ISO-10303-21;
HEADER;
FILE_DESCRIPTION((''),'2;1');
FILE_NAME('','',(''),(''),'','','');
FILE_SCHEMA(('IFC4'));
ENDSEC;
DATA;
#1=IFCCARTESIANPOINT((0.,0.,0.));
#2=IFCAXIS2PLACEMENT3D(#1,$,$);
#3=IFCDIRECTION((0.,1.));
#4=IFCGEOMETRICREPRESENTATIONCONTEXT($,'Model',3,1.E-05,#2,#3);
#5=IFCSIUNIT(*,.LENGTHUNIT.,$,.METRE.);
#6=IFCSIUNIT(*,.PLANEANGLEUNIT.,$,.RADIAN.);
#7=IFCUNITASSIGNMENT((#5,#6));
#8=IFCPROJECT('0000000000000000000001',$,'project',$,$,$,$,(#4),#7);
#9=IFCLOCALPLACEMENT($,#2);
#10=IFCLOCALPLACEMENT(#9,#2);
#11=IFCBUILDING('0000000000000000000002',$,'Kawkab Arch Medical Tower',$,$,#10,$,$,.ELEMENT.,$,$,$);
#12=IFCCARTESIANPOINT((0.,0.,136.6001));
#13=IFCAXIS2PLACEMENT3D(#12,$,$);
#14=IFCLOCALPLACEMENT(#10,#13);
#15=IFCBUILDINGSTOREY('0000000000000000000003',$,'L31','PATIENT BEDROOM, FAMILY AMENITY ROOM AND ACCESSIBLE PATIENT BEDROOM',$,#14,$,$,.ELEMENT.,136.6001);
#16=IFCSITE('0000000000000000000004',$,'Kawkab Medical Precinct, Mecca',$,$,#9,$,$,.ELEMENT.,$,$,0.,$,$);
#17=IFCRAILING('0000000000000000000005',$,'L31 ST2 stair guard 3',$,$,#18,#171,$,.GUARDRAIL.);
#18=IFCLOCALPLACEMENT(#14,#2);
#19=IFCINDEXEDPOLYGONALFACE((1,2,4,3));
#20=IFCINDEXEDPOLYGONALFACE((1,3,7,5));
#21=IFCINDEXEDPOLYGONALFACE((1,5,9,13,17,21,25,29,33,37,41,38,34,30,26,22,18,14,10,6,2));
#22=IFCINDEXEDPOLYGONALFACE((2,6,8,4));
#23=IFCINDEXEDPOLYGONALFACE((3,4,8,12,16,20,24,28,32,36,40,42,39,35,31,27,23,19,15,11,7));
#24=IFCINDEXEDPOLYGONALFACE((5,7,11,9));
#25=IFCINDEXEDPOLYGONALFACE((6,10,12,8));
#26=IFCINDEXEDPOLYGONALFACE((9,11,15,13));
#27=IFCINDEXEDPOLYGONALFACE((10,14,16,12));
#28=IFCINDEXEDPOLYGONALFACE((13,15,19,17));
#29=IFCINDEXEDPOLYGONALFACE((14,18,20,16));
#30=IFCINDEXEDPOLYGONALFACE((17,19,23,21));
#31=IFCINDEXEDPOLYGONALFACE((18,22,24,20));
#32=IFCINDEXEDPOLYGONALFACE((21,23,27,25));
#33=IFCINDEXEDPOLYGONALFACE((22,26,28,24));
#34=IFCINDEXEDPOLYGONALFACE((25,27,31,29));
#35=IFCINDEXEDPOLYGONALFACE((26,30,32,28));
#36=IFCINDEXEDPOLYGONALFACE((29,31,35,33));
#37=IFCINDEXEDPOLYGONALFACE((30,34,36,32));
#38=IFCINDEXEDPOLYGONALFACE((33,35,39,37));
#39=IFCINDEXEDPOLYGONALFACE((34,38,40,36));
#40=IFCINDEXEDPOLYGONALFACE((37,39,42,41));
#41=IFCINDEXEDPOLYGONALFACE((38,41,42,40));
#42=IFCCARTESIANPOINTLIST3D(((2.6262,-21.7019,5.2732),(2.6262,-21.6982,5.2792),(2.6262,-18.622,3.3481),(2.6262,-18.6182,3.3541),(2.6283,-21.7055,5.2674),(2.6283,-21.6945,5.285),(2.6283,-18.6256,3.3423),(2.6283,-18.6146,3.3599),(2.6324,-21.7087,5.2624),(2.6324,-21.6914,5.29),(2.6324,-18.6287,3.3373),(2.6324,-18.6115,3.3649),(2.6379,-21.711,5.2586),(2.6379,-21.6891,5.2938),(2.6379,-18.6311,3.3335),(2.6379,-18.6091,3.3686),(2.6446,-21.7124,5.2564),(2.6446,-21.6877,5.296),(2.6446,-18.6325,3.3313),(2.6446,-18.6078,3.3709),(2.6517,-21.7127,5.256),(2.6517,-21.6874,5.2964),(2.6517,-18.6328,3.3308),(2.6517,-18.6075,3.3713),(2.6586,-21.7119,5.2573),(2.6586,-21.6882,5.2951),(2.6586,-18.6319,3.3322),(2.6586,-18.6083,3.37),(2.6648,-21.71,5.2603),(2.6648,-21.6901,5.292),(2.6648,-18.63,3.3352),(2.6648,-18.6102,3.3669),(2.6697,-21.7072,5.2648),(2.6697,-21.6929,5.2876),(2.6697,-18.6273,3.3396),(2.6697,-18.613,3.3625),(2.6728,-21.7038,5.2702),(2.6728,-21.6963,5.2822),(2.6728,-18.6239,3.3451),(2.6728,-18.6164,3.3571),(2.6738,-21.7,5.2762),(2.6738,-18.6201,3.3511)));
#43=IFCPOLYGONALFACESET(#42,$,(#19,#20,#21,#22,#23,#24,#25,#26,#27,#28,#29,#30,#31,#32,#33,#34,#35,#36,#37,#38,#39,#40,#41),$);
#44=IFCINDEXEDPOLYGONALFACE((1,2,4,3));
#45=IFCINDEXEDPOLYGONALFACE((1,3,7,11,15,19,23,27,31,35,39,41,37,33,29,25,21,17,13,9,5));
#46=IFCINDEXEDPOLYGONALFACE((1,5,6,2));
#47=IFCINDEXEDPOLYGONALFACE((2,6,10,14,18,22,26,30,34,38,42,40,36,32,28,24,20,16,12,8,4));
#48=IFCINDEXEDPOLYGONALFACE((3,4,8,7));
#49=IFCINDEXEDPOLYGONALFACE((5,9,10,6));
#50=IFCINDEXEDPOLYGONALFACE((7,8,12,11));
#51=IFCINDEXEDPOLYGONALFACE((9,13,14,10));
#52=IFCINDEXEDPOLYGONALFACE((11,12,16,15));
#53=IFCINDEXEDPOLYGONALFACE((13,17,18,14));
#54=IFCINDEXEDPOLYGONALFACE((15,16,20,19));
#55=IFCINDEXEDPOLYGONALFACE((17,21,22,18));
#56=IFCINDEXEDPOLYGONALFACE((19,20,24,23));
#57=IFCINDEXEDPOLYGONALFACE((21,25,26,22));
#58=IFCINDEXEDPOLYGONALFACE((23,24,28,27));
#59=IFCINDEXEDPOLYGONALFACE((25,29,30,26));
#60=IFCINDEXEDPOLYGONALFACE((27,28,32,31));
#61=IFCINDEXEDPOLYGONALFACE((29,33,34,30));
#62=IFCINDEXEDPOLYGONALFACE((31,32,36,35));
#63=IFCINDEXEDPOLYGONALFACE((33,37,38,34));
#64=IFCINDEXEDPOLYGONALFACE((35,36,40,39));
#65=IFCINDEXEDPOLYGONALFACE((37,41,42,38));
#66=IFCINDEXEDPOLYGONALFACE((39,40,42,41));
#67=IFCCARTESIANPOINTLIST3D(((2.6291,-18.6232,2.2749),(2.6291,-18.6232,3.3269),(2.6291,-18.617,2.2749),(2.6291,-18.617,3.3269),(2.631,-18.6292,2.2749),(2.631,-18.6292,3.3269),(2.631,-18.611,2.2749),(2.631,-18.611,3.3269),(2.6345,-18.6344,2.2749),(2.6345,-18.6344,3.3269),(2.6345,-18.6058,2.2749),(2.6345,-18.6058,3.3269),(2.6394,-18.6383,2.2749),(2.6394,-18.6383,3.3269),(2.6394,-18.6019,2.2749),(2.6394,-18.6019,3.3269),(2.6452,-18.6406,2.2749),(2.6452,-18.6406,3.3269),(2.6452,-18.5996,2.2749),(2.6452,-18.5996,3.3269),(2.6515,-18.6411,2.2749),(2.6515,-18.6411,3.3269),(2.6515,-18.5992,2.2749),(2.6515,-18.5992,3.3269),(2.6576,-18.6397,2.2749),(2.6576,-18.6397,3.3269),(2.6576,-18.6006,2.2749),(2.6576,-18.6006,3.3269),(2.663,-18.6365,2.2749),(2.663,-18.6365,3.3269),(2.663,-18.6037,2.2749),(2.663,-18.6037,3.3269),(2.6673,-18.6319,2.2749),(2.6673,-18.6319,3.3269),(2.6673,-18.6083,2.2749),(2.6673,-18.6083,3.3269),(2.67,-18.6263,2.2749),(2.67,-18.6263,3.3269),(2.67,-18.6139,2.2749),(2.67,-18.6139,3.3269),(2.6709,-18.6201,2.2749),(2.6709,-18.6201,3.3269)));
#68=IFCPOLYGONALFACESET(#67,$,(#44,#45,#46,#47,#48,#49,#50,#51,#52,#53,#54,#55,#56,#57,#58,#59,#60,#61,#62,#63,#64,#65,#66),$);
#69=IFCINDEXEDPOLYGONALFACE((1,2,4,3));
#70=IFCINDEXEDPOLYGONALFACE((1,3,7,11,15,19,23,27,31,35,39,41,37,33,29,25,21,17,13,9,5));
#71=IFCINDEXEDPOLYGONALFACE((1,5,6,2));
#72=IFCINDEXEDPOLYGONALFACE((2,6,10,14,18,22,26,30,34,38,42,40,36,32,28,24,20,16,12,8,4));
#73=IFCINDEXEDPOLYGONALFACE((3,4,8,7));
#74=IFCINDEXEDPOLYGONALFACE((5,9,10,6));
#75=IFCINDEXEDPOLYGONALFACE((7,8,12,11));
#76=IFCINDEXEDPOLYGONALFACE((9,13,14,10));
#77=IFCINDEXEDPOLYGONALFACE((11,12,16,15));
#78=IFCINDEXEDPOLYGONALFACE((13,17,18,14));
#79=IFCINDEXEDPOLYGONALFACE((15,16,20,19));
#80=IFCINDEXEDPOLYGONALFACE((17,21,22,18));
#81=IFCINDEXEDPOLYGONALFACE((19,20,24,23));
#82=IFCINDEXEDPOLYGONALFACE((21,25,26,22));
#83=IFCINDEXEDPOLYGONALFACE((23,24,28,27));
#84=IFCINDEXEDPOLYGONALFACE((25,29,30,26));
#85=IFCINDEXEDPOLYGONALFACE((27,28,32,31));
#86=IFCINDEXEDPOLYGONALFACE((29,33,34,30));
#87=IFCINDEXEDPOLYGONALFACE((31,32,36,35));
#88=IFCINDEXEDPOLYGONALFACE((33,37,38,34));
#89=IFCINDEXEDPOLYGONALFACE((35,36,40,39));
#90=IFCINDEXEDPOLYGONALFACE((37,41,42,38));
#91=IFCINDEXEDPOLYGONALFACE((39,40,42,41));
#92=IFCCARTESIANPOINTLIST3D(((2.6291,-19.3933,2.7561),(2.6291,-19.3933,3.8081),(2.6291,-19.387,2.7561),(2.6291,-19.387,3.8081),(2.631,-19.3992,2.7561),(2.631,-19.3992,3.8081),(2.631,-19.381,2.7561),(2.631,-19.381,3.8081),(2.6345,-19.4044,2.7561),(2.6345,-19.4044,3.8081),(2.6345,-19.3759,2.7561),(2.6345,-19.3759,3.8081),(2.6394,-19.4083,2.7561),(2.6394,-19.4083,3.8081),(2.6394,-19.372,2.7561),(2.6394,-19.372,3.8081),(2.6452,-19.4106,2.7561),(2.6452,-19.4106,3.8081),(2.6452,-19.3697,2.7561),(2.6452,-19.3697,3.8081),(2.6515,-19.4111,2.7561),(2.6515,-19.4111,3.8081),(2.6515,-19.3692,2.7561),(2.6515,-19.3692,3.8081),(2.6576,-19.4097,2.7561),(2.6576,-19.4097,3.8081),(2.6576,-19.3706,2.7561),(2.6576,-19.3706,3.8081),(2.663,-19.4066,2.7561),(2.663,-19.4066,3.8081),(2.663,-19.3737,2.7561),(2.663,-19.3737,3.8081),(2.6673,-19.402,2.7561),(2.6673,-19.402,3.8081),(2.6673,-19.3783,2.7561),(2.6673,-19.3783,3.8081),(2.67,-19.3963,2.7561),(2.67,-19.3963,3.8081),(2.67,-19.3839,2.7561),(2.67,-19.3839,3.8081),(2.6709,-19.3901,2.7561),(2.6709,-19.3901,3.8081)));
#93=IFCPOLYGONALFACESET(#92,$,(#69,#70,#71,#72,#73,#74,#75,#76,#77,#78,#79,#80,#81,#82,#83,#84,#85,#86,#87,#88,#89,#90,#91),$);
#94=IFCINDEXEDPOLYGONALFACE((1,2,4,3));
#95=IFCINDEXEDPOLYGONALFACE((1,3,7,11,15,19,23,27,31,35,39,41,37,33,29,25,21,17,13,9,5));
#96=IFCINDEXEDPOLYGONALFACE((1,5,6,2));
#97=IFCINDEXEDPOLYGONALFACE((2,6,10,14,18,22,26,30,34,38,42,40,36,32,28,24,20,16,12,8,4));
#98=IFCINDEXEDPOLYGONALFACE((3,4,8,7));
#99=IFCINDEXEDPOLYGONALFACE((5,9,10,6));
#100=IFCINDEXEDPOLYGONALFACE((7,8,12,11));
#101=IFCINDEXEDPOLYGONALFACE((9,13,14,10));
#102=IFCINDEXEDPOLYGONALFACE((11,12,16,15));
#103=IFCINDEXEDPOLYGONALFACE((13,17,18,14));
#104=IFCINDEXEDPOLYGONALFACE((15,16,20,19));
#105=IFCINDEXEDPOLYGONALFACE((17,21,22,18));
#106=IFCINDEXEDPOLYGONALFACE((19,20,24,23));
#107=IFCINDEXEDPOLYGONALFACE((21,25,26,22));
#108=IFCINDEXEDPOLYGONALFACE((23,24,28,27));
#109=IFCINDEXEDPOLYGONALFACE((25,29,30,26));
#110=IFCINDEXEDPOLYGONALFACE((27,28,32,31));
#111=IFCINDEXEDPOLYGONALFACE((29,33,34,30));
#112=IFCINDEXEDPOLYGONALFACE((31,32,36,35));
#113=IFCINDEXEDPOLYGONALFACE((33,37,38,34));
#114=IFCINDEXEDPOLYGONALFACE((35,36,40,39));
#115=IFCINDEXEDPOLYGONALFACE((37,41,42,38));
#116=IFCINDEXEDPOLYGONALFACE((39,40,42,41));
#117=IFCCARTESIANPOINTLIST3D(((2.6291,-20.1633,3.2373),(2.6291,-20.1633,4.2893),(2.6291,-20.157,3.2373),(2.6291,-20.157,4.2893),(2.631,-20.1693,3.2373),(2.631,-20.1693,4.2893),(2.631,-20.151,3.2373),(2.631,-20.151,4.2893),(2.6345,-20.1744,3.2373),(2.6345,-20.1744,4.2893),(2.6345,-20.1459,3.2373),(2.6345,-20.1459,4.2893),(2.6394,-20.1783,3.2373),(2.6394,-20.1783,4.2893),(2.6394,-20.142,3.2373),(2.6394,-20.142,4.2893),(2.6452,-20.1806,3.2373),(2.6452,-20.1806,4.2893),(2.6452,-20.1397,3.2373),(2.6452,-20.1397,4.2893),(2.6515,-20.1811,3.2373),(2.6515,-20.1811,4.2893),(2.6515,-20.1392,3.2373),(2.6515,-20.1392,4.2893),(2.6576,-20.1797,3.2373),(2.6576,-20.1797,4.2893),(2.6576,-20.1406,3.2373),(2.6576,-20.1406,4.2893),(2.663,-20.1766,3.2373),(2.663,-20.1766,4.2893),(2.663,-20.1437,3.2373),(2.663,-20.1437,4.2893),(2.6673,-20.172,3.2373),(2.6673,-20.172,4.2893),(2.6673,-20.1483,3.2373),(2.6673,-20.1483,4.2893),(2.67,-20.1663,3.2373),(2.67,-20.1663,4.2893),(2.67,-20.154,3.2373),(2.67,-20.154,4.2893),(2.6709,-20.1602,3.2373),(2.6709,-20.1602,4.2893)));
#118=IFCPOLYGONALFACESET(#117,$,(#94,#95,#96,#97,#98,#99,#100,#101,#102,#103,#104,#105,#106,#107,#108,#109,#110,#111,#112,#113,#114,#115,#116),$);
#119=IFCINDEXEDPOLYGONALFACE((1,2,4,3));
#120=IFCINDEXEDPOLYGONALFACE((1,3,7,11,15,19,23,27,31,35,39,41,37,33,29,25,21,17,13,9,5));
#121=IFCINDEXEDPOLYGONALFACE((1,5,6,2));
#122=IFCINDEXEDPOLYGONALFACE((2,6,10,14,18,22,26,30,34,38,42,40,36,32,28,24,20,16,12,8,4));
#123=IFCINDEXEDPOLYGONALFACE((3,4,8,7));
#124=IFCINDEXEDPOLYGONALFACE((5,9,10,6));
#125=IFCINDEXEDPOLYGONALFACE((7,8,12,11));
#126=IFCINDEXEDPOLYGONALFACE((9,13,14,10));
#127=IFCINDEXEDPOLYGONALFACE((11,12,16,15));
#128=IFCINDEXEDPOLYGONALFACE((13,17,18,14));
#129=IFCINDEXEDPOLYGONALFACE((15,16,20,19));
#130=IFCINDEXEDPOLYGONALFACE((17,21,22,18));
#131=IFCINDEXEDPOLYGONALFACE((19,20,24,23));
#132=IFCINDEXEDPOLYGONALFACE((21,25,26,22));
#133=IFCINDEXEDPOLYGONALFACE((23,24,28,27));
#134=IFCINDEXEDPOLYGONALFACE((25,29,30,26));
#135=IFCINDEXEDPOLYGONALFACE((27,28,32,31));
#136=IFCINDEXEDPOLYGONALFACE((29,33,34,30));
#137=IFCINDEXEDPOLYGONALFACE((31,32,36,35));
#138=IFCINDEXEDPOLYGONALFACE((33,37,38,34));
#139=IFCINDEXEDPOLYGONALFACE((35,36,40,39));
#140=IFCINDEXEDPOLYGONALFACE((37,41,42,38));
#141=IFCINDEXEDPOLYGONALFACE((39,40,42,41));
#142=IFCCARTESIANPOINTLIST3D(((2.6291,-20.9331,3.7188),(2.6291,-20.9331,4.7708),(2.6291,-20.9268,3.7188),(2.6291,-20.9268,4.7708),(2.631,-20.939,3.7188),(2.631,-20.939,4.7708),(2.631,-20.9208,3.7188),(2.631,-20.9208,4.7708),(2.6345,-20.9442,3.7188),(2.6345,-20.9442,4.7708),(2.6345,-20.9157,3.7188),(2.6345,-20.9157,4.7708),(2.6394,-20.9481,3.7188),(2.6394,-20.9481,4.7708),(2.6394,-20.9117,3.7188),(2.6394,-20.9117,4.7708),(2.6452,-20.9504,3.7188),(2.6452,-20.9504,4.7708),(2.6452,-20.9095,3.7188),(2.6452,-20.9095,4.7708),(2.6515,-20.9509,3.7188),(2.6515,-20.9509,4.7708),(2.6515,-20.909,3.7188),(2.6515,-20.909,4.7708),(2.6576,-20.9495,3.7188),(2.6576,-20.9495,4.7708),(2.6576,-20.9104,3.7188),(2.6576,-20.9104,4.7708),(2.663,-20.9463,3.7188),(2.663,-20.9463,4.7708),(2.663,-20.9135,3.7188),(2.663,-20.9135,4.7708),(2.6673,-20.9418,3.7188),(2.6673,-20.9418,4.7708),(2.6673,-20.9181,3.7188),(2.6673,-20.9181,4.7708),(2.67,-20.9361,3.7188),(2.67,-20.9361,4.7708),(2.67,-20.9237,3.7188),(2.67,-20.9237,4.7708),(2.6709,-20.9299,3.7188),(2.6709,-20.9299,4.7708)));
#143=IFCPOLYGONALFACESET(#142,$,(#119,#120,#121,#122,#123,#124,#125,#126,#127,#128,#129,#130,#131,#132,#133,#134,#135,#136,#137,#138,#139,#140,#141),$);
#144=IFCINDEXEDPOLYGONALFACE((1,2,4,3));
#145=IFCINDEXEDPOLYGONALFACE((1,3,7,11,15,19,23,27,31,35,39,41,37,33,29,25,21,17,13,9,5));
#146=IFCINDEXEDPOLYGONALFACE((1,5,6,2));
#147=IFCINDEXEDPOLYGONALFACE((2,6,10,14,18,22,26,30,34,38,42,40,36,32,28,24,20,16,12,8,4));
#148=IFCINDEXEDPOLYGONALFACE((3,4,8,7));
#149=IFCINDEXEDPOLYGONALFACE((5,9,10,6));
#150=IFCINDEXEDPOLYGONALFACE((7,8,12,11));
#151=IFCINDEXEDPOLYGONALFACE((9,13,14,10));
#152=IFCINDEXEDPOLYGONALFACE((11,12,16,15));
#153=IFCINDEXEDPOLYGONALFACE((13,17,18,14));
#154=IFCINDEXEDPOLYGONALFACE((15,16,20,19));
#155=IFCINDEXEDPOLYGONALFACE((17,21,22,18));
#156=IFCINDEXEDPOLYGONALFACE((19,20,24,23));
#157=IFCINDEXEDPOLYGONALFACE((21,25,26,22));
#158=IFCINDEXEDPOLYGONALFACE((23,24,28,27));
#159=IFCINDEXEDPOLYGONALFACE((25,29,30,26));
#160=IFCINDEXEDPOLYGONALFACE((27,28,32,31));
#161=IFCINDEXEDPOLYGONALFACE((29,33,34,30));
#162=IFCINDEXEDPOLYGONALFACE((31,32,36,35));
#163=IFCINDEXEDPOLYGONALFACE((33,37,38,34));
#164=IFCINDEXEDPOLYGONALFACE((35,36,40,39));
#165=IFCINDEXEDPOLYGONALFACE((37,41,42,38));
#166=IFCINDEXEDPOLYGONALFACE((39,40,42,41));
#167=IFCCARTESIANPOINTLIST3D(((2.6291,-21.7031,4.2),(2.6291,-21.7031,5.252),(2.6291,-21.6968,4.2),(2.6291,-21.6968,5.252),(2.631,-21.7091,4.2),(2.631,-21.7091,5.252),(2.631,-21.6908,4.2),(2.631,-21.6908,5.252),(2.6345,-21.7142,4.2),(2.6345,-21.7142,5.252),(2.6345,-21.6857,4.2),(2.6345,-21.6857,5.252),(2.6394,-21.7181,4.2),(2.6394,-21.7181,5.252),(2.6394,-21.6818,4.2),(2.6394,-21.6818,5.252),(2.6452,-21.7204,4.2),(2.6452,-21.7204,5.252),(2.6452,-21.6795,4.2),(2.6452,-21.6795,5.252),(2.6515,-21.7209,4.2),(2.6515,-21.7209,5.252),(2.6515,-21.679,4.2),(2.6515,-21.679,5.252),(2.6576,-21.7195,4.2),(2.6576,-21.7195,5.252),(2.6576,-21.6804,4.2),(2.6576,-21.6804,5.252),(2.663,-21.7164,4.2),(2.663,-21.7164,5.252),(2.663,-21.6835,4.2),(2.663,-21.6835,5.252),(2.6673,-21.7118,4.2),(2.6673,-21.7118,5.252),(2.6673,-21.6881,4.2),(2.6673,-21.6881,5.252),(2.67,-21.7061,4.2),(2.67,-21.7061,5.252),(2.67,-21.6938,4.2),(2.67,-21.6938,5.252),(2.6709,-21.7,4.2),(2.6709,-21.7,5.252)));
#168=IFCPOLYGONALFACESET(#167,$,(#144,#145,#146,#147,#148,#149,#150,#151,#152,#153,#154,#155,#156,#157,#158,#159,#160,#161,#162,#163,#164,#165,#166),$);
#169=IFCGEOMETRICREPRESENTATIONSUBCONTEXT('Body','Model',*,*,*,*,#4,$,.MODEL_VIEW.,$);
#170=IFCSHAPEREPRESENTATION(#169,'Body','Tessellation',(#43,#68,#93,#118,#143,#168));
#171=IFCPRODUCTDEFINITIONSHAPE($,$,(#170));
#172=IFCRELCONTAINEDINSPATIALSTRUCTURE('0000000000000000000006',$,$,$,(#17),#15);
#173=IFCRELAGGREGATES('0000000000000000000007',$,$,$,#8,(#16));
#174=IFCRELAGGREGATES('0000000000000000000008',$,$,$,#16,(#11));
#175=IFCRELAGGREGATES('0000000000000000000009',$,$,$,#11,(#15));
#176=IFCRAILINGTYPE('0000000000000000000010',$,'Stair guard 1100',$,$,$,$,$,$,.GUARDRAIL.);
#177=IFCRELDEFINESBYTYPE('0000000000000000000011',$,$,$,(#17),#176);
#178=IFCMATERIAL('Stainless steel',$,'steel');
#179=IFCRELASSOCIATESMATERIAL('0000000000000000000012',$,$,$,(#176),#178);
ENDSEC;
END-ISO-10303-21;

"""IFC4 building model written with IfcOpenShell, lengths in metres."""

from ifc_helpers import new_model, si_unit, direction, frame, origin, origin_2d, place, context, subcontext, project, spatial, circle, extrude, material, type_object, element, save


model = new_model("IFC4")

# Units and contexts
model_context = context("Model", 3, precision=1e-05, world=origin(), true_north=direction((0.0, 1.0)))
body_context = subcontext(model_context, "Body", "Model", "MODEL_VIEW")
ifc_project = project(units=[si_unit("LENGTHUNIT", "METRE"), si_unit("PLANEANGLEUNIT", "RADIAN")], contexts=[model_context])

# Site, building, storey
site_placement = place(None, origin())
site = spatial("IfcSite", under=ifc_project, at=site_placement, Name="Kawkab Medical Precinct, Mecca", CompositionType="ELEMENT", RefElevation=0.0)
building_placement = place(site_placement, origin())
building = spatial("IfcBuilding", under=site, at=building_placement, Name="Kawkab Arch Medical Tower", CompositionType="ELEMENT")
storey_placement = place(building_placement, frame((0.0, 0.0, 136.6001)))
storey = spatial("IfcBuildingStorey", under=building, at=storey_placement, Name="L31", Description="PATIENT BEDROOM, FAMILY AMENITY ROOM AND ACCESSIBLE PATIENT BEDROOM", CompositionType="ELEMENT", Elevation=136.6001)

# Railing
ifc_material_1 = material(Name="Stainless steel", Category="steel")
railing_type = type_object("IfcRailingType", Name="Stair guard 1100", PredefinedType="GUARDRAIL", material=ifc_material_1)
railing_1_placement = place(storey_placement, frame((2.6499, -18.6201, 2.2749)))
element("IfcRailing", 1, at=railing_1_placement, inside=storey, type_object=railing_type, Name="L31 ST2 stair guard 3", PredefinedType="GUARDRAIL", context=body_context, shape_type="SweptSolid", body=[
    extrude(circle(Radius=0.0239, at=origin_2d()), frame((0.0, 0.0, 1.0762), z_axis=(0.0, -0.847979, 0.530029), x_axis=(1.0, 0.0, 0.0)), (0.0, 0.0, 1.0), 3.6321),
    extrude(circle(Radius=0.021, at=origin_2d()), origin(), (0.0, 0.0, 1.0), 1.052),
    extrude(circle(Radius=0.021, at=origin_2d()), frame((0.0, -0.77, 0.4812)), (0.0, 0.0, 1.0), 1.052),
    extrude(circle(Radius=0.021, at=origin_2d()), frame((0.0, -1.54, 0.9624)), (0.0, 0.0, 1.0), 1.052),
    extrude(circle(Radius=0.021, at=origin_2d()), frame((0.0, -2.3098, 1.4438)), (0.0, 0.0, 1.0), 1.052),
    extrude(circle(Radius=0.021, at=origin_2d()), frame((0.0, -3.0798, 1.925)), (0.0, 0.0, 1.0), 1.052),
])

save(model, "model.ifc")
